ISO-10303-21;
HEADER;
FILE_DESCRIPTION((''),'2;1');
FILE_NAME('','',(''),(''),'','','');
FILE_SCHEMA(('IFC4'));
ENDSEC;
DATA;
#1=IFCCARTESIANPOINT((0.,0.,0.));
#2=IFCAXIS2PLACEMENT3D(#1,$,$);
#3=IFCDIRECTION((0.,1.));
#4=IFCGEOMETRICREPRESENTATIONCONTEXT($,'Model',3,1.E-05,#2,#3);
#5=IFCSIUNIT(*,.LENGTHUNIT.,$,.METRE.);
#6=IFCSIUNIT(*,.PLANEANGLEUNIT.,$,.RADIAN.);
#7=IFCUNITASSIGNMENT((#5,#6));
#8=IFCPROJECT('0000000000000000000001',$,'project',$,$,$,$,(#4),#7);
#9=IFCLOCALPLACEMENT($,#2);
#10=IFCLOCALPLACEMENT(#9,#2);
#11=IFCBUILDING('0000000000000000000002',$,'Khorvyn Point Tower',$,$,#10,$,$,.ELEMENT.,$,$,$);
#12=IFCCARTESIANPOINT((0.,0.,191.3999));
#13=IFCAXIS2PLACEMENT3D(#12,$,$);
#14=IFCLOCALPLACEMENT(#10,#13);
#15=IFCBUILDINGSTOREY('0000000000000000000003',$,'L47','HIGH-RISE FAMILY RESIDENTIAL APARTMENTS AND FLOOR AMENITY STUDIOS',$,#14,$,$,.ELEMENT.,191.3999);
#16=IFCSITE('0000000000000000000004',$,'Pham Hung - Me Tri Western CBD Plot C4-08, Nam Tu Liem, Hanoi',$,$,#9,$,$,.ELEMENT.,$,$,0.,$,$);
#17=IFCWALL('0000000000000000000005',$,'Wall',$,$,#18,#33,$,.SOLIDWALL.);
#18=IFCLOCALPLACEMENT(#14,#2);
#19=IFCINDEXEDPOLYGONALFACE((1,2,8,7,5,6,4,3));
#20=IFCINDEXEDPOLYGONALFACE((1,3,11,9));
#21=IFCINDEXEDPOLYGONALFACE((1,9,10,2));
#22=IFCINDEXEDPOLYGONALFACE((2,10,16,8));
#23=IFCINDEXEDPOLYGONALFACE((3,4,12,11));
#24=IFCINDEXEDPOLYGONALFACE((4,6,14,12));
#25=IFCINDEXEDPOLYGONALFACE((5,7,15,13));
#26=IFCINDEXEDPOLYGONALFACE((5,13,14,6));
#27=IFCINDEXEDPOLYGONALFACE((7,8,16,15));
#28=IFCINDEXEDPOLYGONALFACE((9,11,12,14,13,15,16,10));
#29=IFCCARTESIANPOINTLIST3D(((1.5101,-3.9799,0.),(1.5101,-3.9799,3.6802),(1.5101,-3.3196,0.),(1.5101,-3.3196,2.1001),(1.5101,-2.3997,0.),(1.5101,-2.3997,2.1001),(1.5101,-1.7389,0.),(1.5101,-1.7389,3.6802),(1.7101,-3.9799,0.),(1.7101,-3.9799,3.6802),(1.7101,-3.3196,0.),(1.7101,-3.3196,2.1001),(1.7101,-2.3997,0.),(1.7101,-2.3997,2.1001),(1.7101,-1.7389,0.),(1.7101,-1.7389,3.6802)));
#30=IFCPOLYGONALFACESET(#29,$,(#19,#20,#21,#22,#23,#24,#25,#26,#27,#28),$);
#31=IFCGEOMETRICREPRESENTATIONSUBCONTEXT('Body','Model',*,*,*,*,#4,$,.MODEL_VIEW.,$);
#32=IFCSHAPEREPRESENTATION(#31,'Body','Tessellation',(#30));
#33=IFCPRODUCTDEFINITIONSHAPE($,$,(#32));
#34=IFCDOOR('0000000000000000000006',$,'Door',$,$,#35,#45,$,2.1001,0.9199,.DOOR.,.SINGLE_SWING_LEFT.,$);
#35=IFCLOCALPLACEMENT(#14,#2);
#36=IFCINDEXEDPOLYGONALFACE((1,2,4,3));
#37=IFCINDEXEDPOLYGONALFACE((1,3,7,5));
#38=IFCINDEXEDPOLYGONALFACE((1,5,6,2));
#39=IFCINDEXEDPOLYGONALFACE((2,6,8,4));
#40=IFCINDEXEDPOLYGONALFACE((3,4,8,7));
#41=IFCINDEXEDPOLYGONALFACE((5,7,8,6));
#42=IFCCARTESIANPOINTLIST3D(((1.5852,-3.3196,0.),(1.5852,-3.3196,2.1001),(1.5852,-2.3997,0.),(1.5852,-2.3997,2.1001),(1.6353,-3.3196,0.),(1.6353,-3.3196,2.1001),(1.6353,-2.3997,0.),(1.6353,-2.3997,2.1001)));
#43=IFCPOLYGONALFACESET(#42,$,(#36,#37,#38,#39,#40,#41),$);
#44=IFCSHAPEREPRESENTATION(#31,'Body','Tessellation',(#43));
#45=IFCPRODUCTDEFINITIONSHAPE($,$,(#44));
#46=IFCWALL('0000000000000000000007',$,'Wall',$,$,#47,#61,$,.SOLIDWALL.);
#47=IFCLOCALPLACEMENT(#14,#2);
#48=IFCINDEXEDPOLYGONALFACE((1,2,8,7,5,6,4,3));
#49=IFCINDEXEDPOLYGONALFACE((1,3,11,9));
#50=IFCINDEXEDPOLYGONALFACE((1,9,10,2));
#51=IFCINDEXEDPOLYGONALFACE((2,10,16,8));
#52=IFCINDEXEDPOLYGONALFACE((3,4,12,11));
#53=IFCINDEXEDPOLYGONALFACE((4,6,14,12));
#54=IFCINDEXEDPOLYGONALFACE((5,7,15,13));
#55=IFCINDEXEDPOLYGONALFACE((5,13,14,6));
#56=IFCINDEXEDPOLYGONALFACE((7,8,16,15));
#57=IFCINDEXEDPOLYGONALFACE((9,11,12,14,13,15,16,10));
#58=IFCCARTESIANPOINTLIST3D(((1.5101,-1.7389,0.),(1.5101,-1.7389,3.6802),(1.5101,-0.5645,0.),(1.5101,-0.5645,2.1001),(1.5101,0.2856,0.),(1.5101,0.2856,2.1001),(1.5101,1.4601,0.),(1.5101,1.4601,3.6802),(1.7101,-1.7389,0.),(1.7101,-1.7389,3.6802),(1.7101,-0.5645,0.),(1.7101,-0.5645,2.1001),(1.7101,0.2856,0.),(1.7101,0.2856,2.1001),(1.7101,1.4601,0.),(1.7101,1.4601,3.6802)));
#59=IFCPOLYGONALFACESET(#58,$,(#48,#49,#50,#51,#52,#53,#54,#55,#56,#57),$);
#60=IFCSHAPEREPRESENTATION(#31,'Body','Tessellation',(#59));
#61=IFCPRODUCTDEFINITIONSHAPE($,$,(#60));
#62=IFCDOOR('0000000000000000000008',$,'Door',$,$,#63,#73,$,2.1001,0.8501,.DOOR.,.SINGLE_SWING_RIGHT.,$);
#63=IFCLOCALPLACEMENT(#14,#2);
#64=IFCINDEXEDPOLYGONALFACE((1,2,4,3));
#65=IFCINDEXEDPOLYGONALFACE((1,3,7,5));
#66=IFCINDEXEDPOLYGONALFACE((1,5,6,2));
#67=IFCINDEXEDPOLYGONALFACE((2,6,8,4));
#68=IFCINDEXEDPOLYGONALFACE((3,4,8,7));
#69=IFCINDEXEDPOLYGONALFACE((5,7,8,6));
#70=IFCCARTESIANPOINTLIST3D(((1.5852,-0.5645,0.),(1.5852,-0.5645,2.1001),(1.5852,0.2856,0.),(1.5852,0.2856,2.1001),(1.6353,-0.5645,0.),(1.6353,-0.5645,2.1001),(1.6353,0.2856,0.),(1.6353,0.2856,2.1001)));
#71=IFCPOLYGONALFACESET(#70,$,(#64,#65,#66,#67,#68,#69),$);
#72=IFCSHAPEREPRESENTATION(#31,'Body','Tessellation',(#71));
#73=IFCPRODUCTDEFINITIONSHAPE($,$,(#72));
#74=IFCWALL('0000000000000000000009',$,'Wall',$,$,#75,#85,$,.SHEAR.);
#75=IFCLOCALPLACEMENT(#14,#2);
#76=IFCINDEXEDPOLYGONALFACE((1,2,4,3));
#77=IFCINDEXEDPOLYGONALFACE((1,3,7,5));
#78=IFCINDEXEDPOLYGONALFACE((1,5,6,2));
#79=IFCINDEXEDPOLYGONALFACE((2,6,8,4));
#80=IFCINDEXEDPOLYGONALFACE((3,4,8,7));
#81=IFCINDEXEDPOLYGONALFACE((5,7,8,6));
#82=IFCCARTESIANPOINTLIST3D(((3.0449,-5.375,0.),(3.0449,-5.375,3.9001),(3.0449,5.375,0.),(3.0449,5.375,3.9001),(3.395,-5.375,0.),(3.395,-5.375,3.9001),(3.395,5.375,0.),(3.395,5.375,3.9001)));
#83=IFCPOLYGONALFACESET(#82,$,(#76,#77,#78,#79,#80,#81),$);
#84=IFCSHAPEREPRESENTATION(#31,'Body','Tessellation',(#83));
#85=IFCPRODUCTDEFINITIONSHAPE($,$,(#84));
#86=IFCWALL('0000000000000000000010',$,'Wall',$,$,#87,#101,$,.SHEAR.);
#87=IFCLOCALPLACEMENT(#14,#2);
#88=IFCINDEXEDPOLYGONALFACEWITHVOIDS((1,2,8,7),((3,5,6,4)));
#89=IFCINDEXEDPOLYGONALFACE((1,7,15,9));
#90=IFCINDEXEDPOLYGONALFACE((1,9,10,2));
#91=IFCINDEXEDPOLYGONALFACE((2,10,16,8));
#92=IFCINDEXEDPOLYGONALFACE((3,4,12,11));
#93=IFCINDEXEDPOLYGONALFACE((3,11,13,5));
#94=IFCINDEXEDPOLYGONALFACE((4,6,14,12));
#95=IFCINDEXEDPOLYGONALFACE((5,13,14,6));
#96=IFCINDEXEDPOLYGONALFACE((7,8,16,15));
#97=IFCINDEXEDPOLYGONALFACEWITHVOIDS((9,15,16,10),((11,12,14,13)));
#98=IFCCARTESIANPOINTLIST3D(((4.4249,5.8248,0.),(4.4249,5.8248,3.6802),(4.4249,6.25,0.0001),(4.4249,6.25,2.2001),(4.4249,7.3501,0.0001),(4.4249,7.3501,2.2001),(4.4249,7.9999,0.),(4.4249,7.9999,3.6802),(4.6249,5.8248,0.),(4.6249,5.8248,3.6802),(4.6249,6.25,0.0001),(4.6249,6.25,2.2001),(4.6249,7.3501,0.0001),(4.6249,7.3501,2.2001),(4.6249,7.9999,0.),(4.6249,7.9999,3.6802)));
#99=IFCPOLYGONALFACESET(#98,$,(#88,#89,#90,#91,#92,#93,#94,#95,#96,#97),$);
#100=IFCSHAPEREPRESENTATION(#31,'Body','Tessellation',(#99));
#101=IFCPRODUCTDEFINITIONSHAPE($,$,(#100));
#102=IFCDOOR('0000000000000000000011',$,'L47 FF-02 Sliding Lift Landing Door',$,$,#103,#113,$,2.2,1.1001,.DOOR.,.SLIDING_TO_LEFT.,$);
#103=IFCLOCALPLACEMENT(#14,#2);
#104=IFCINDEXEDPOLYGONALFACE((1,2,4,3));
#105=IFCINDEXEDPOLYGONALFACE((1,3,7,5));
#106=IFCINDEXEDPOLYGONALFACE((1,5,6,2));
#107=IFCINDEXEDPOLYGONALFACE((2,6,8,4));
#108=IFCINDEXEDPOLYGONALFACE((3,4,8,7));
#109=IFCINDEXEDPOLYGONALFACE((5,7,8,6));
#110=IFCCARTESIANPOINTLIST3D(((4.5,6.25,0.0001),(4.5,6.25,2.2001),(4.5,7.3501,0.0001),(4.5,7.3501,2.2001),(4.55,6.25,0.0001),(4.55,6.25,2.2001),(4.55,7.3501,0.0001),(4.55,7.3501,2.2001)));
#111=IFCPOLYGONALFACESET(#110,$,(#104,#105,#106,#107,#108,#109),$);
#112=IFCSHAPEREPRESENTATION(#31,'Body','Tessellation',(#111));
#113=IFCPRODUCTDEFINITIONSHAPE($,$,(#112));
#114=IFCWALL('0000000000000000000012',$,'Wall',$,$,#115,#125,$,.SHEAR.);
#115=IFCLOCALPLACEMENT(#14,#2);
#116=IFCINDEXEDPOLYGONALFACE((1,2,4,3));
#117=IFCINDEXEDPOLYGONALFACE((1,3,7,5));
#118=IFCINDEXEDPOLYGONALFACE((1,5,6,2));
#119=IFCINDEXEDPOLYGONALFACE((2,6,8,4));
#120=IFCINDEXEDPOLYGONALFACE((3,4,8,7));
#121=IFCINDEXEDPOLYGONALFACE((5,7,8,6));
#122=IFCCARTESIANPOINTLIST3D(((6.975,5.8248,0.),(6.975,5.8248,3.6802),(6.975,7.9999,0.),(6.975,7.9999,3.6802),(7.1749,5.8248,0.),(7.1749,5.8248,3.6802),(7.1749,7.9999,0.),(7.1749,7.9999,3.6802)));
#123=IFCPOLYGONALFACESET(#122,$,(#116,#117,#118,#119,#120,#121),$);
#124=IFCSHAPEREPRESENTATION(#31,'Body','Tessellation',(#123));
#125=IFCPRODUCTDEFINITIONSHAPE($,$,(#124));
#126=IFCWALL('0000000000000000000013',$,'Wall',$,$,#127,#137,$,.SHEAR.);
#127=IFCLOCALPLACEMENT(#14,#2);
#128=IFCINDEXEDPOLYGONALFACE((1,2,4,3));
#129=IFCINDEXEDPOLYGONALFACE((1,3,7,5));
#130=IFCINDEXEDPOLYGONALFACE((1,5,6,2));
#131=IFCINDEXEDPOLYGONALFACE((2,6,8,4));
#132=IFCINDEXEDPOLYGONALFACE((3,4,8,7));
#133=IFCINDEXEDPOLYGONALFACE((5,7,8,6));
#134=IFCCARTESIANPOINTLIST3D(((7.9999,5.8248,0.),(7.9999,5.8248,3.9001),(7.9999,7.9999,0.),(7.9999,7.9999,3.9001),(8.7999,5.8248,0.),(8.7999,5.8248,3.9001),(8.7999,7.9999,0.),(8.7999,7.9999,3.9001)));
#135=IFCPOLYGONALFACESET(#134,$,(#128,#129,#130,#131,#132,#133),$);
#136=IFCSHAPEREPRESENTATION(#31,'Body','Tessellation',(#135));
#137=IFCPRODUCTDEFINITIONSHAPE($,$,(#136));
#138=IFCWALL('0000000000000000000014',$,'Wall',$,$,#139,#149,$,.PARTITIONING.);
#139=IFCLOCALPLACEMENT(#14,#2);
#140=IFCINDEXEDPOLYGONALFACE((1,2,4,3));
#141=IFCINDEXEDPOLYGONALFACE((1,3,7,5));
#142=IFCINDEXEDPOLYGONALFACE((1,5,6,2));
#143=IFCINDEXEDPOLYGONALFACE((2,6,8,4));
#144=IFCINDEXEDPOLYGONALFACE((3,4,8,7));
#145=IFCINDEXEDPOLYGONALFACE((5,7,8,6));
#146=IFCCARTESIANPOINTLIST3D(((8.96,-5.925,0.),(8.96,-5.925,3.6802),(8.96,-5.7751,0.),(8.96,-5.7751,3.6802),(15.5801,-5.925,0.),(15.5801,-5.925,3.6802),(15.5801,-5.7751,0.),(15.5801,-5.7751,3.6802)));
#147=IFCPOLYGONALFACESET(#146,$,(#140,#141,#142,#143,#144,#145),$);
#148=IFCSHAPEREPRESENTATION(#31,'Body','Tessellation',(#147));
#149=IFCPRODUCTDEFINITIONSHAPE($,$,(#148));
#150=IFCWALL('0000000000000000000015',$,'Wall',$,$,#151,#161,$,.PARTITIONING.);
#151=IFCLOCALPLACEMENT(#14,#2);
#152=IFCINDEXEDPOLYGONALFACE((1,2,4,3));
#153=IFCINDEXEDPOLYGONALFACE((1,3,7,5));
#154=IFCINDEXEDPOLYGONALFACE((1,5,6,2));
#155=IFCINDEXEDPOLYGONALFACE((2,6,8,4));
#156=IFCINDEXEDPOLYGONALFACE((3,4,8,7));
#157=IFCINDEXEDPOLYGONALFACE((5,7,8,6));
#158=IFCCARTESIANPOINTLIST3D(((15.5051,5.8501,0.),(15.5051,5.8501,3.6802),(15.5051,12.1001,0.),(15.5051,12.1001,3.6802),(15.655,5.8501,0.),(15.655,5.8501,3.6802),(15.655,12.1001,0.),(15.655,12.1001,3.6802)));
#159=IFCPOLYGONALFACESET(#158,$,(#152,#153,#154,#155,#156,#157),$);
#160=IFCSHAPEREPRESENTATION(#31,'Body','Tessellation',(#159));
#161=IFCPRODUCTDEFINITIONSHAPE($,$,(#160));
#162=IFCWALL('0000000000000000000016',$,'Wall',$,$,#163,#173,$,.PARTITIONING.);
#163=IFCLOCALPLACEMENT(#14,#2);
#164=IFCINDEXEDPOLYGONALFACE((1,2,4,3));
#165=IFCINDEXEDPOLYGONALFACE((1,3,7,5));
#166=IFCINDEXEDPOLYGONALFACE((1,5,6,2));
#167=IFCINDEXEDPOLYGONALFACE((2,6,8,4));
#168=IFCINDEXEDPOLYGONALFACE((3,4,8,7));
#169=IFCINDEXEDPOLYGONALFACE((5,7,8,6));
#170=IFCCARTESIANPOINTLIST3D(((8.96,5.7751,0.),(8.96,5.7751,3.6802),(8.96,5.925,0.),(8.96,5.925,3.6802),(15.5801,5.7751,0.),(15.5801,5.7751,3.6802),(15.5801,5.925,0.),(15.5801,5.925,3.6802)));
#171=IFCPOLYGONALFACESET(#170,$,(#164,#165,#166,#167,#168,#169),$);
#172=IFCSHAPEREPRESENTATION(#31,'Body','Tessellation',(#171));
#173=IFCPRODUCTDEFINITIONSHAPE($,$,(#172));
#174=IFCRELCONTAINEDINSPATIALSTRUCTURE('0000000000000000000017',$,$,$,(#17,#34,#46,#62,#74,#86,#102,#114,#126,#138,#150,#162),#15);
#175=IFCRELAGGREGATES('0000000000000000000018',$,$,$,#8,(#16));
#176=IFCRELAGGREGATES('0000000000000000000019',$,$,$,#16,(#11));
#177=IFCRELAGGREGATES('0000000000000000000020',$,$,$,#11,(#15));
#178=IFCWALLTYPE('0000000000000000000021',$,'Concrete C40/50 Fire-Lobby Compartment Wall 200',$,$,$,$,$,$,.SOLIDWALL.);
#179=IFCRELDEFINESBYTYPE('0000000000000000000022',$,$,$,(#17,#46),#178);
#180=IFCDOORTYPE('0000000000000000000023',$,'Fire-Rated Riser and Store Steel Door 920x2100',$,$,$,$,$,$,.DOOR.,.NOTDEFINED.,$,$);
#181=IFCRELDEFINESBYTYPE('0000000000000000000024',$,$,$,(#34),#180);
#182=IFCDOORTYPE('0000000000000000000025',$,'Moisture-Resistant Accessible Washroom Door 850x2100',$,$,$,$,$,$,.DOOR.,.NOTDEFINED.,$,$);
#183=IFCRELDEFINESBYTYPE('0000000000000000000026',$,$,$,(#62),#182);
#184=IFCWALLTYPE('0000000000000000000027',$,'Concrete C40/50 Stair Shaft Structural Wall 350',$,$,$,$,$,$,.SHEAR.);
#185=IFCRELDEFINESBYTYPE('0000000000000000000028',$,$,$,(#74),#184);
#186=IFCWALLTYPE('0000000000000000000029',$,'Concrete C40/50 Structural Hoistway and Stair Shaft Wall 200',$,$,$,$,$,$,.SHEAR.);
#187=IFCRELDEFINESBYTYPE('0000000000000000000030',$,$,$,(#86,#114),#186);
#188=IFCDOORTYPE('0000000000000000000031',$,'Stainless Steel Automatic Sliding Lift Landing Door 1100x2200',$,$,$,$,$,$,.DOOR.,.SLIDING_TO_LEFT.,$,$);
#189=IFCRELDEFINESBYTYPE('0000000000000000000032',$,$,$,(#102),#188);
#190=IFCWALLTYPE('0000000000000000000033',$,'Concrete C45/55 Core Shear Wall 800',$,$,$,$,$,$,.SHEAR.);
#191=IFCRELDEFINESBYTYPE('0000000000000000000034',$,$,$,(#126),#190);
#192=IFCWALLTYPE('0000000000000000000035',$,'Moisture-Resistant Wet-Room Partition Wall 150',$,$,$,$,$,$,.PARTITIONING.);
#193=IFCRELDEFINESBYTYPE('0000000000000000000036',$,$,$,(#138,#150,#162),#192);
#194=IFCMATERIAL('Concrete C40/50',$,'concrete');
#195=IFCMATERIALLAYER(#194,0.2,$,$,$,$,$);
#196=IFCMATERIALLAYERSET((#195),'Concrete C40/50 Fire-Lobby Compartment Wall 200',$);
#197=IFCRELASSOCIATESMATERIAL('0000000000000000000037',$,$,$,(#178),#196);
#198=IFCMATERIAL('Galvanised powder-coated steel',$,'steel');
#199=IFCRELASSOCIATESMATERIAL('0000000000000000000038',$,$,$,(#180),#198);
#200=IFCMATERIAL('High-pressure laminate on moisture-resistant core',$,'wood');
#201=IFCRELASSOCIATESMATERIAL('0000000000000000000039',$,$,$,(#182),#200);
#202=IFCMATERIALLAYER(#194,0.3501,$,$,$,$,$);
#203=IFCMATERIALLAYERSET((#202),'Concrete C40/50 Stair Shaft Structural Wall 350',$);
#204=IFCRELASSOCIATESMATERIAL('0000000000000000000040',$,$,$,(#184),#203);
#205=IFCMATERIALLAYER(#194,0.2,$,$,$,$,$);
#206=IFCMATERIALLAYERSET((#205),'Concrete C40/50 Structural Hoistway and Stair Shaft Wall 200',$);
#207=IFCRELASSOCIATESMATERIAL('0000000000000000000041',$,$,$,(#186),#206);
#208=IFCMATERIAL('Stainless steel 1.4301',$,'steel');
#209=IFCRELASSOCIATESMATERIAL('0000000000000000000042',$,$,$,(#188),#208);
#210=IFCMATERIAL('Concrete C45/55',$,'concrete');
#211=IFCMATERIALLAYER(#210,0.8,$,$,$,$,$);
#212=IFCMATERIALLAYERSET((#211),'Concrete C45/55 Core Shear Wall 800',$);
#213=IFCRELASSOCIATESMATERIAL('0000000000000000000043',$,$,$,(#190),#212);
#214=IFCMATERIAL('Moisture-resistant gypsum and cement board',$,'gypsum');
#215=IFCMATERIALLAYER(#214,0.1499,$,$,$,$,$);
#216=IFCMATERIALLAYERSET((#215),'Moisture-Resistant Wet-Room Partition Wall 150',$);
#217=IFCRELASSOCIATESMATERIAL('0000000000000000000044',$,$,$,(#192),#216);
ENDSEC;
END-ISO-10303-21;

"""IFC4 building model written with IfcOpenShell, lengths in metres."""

from ifc_helpers import new_model, si_unit, direction, frame, frame_2d, origin, place, context, subcontext, project, spatial, rectangle, extrude, material, layer, layer_set, type_object, element, fill, save


model = new_model("IFC4")

# Units and contexts
model_context = context("Model", 3, precision=1e-05, world=origin(), true_north=direction((0.0, 1.0)))
body_context = subcontext(model_context, "Body", "Model", "MODEL_VIEW")
ifc_project = project(units=[si_unit("LENGTHUNIT", "METRE"), si_unit("PLANEANGLEUNIT", "RADIAN")], contexts=[model_context])

# Site, building, storey
site_placement = place(None, origin())
site = spatial("IfcSite", under=ifc_project, at=site_placement, Name="Pham Hung - Me Tri Western CBD Plot C4-08, Nam Tu Liem, Hanoi", CompositionType="ELEMENT", RefElevation=0.0)
building_placement = place(site_placement, origin())
building = spatial("IfcBuilding", under=site, at=building_placement, Name="Khorvyn Point Tower", CompositionType="ELEMENT")
storey_placement = place(building_placement, frame((0.0, 0.0, 191.3999)))
storey = spatial("IfcBuildingStorey", under=building, at=storey_placement, Name="L47", Description="HIGH-RISE FAMILY RESIDENTIAL APARTMENTS AND FLOOR AMENITY STUDIOS", CompositionType="ELEMENT", Elevation=191.3999)

# Shared definitions
ifc_material_1 = material(Name="Concrete C40/50", Category="concrete")

# Walls, openings, doors
ifc_layer_1 = layer(ifc_material_1, 0.2)
ifc_layer_set_1 = layer_set([ifc_layer_1], Name="Concrete C40/50 Fire-Lobby Compartment Wall 200")
wall_type_1 = type_object("IfcWallType", Name="Concrete C40/50 Fire-Lobby Compartment Wall 200", PredefinedType="SOLIDWALL", material=ifc_layer_set_1)
wall_1_placement = place(storey_placement, frame((1.6101, -3.98, 0.0), z_axis=(0.0, 0.0, 1.0), x_axis=(0.0, 1.0, 0.0)))
wall_1 = element("IfcWall", 1, at=wall_1_placement, inside=storey, type_object=wall_type_1, Name="Wall", PredefinedType="SOLIDWALL", context=body_context, shape_type="SweptSolid", body=[
    extrude(rectangle(XDim=2.241, YDim=0.2, at=frame_2d((1.1206, 0.0))), origin(), (0.0, 0.0, 1.0), 3.6802),
])
opening_1_placement = place(wall_1_placement, frame((0.6604, 0.0, 0.0)))
opening_1 = element("IfcOpeningElement", 2, at=opening_1_placement, cuts=wall_1, PredefinedType="OPENING", context=body_context, shape_type="SweptSolid", body=[
    extrude(rectangle(XDim=0.9199, YDim=2.1001, at=frame_2d((0.46, 1.05))), frame((0.0, 0.1099, 0.0), z_axis=(0.0, -1.0, 0.0), x_axis=(1.0, 0.0, 0.0)), (0.0, 0.0, 1.0), 0.22),
])
ifc_material_2 = material(Name="Galvanised powder-coated steel", Category="steel")
door_type_1 = type_object("IfcDoorType", Name="Fire-Rated Riser and Store Steel Door 920x2100", OperationType="NOTDEFINED", PredefinedType="DOOR", material=ifc_material_2)
door_1_placement = place(opening_1_placement, origin())
door_1 = element("IfcDoor", 3, at=door_1_placement, inside=storey, type_object=door_type_1, Name="Door", OperationType="SINGLE_SWING_LEFT", OverallHeight=2.1001, OverallWidth=0.9199, PredefinedType="DOOR", context=body_context, shape_type="SweptSolid", body=[
    extrude(rectangle(XDim=0.9199, YDim=2.1001, at=frame_2d((0.46, 1.05))), frame((0.0, 0.0249, 0.0), z_axis=(0.0, -1.0, 0.0), x_axis=(1.0, 0.0, 0.0)), (0.0, 0.0, 1.0), 0.05),
])
fill(opening_1, door_1)
wall_2_placement = place(storey_placement, frame((1.6101, -1.739, 0.0), z_axis=(0.0, 0.0, 1.0), x_axis=(0.0, 1.0, 0.0)))
wall_2 = element("IfcWall", 4, at=wall_2_placement, inside=storey, type_object=wall_type_1, Name="Wall", PredefinedType="SOLIDWALL", context=body_context, shape_type="SweptSolid", body=[
    extrude(rectangle(XDim=3.199, YDim=0.2, at=frame_2d((1.5996, 0.0))), origin(), (0.0, 0.0, 1.0), 3.6802),
])
opening_2_placement = place(wall_2_placement, frame((1.1746, 0.0, 0.0)))
opening_2 = element("IfcOpeningElement", 5, at=opening_2_placement, cuts=wall_2, PredefinedType="OPENING", context=body_context, shape_type="SweptSolid", body=[
    extrude(rectangle(XDim=0.8501, YDim=2.1001, at=frame_2d((0.425, 1.05))), frame((0.0, 0.1099, 0.0), z_axis=(0.0, -1.0, 0.0), x_axis=(1.0, 0.0, 0.0)), (0.0, 0.0, 1.0), 0.22),
])
ifc_material_3 = material(Name="High-pressure laminate on moisture-resistant core", Category="wood")
door_type_2 = type_object("IfcDoorType", Name="Moisture-Resistant Accessible Washroom Door 850x2100", OperationType="NOTDEFINED", PredefinedType="DOOR", material=ifc_material_3)
door_2_placement = place(opening_2_placement, origin())
door_2 = element("IfcDoor", 6, at=door_2_placement, inside=storey, type_object=door_type_2, Name="Door", OperationType="SINGLE_SWING_RIGHT", OverallHeight=2.1001, OverallWidth=0.8501, PredefinedType="DOOR", context=body_context, shape_type="SweptSolid", body=[
    extrude(rectangle(XDim=0.8501, YDim=2.1001, at=frame_2d((0.425, 1.05))), frame((0.0, 0.0249, 0.0), z_axis=(0.0, -1.0, 0.0), x_axis=(1.0, 0.0, 0.0)), (0.0, 0.0, 1.0), 0.05),
])
fill(opening_2, door_2)

# Wall
ifc_layer_2 = layer(ifc_material_1, 0.3501)
ifc_layer_set_2 = layer_set([ifc_layer_2], Name="Concrete C40/50 Stair Shaft Structural Wall 350")
wall_type_2 = type_object("IfcWallType", Name="Concrete C40/50 Stair Shaft Structural Wall 350", PredefinedType="SHEAR", material=ifc_layer_set_2)
wall_3_placement = place(storey_placement, frame((3.22, -5.375, 0.0), z_axis=(0.0, 0.0, 1.0), x_axis=(0.0, 1.0, 0.0)))
element("IfcWall", 7, at=wall_3_placement, inside=storey, type_object=wall_type_2, Name="Wall", PredefinedType="SHEAR", context=body_context, shape_type="SweptSolid", body=[
    extrude(rectangle(XDim=10.75, YDim=0.3501, at=frame_2d((5.375, 0.0))), origin(), (0.0, 0.0, 1.0), 3.9001),
])

# Wall, opening, door
ifc_layer_3 = layer(ifc_material_1, 0.2)
ifc_layer_set_3 = layer_set([ifc_layer_3], Name="Concrete C40/50 Structural Hoistway and Stair Shaft Wall 200")
wall_type_3 = type_object("IfcWallType", Name="Concrete C40/50 Structural Hoistway and Stair Shaft Wall 200", PredefinedType="SHEAR", material=ifc_layer_set_3)
wall_4_placement = place(storey_placement, frame((4.5249, 5.825, 0.0), z_axis=(0.0, 0.0, 1.0), x_axis=(0.0, 1.0, 0.0)))
wall_4 = element("IfcWall", 8, at=wall_4_placement, inside=storey, type_object=wall_type_3, Name="Wall", PredefinedType="SHEAR", context=body_context, shape_type="SweptSolid", body=[
    extrude(rectangle(XDim=2.175, YDim=0.2, at=frame_2d((1.0874, 0.0))), origin(), (0.0, 0.0, 1.0), 3.6802),
])
opening_3_placement = place(wall_4_placement, frame((0.425, 0.0, 0.0)))
opening_3 = element("IfcOpeningElement", 9, at=opening_3_placement, cuts=wall_4, PredefinedType="OPENING", context=body_context, shape_type="SweptSolid", body=[
    extrude(rectangle(XDim=1.1001, YDim=2.2, at=frame_2d((0.55, 1.1001))), frame((0.0, 0.1099, 0.0), z_axis=(0.0, -1.0, 0.0), x_axis=(1.0, 0.0, 0.0)), (0.0, 0.0, 1.0), 0.22),
])
ifc_material_4 = material(Name="Stainless steel 1.4301", Category="steel")
door_type_3 = type_object("IfcDoorType", Name="Stainless Steel Automatic Sliding Lift Landing Door 1100x2200", OperationType="SLIDING_TO_LEFT", PredefinedType="DOOR", material=ifc_material_4)
door_3_placement = place(opening_3_placement, origin())
door_3 = element("IfcDoor", 10, at=door_3_placement, inside=storey, type_object=door_type_3, Name="L47 FF-02 Sliding Lift Landing Door", OperationType="SLIDING_TO_LEFT", OverallHeight=2.2, OverallWidth=1.1001, PredefinedType="DOOR", context=body_context, shape_type="SweptSolid", body=[
    extrude(rectangle(XDim=1.1001, YDim=2.2, at=frame_2d((0.55, 1.1001))), frame((0.0, 0.0249, 0.0), z_axis=(0.0, -1.0, 0.0), x_axis=(1.0, 0.0, 0.0)), (0.0, 0.0, 1.0), 0.05),
])
fill(opening_3, door_3)

# Walls
wall_5_placement = place(storey_placement, frame((7.075, 5.825, 0.0), z_axis=(0.0, 0.0, 1.0), x_axis=(0.0, 1.0, 0.0)))
element("IfcWall", 11, at=wall_5_placement, inside=storey, type_object=wall_type_3, Name="Wall", PredefinedType="SHEAR", context=body_context, shape_type="SweptSolid", body=[
    extrude(rectangle(XDim=2.175, YDim=0.2, at=frame_2d((1.0874, 0.0))), origin(), (0.0, 0.0, 1.0), 3.6802),
])
ifc_material_5 = material(Name="Concrete C45/55", Category="concrete")
ifc_layer_4 = layer(ifc_material_5, 0.8)
ifc_layer_set_4 = layer_set([ifc_layer_4], Name="Concrete C45/55 Core Shear Wall 800")
wall_type_4 = type_object("IfcWallType", Name="Concrete C45/55 Core Shear Wall 800", PredefinedType="SHEAR", material=ifc_layer_set_4)
wall_6_placement = place(storey_placement, frame((8.3999, 5.825, 0.0), z_axis=(0.0, 0.0, 1.0), x_axis=(0.0, 1.0, 0.0)))
element("IfcWall", 12, at=wall_6_placement, inside=storey, type_object=wall_type_4, Name="Wall", PredefinedType="SHEAR", context=body_context, shape_type="SweptSolid", body=[
    extrude(rectangle(XDim=2.175, YDim=0.8, at=frame_2d((1.0874, 0.0))), origin(), (0.0, 0.0, 1.0), 3.9001),
])
ifc_material_6 = material(Name="Moisture-resistant gypsum and cement board", Category="gypsum")
ifc_layer_5 = layer(ifc_material_6, 0.1499)
ifc_layer_set_5 = layer_set([ifc_layer_5], Name="Moisture-Resistant Wet-Room Partition Wall 150")
wall_type_5 = type_object("IfcWallType", Name="Moisture-Resistant Wet-Room Partition Wall 150", PredefinedType="PARTITIONING", material=ifc_layer_set_5)
wall_7_placement = place(storey_placement, frame((8.96, -5.8501, 0.0), z_axis=(0.0, 0.0, 1.0), x_axis=(1.0, 0.0, 0.0)))
element("IfcWall", 13, at=wall_7_placement, inside=storey, type_object=wall_type_5, Name="Wall", PredefinedType="PARTITIONING", context=body_context, shape_type="SweptSolid", body=[
    extrude(rectangle(XDim=6.6201, YDim=0.1499, at=frame_2d((3.3101, 0.0))), origin(), (0.0, 0.0, 1.0), 3.6802),
])
wall_8_placement = place(storey_placement, frame((15.5801, 5.8501, 0.0), z_axis=(0.0, 0.0, 1.0), x_axis=(0.0, 1.0, 0.0)))
element("IfcWall", 14, at=wall_8_placement, inside=storey, type_object=wall_type_5, Name="Wall", PredefinedType="PARTITIONING", context=body_context, shape_type="SweptSolid", body=[
    extrude(rectangle(XDim=6.25, YDim=0.1499, at=frame_2d((3.125, 0.0))), origin(), (0.0, 0.0, 1.0), 3.6802),
])
wall_9_placement = place(storey_placement, frame((8.96, 5.8501, 0.0), z_axis=(0.0, 0.0, 1.0), x_axis=(1.0, 0.0, 0.0)))
element("IfcWall", 15, at=wall_9_placement, inside=storey, type_object=wall_type_5, Name="Wall", PredefinedType="PARTITIONING", context=body_context, shape_type="SweptSolid", body=[
    extrude(rectangle(XDim=6.6201, YDim=0.1499, at=frame_2d((3.3101, 0.0))), origin(), (0.0, 0.0, 1.0), 3.6802),
])

save(model, "model.ifc")
